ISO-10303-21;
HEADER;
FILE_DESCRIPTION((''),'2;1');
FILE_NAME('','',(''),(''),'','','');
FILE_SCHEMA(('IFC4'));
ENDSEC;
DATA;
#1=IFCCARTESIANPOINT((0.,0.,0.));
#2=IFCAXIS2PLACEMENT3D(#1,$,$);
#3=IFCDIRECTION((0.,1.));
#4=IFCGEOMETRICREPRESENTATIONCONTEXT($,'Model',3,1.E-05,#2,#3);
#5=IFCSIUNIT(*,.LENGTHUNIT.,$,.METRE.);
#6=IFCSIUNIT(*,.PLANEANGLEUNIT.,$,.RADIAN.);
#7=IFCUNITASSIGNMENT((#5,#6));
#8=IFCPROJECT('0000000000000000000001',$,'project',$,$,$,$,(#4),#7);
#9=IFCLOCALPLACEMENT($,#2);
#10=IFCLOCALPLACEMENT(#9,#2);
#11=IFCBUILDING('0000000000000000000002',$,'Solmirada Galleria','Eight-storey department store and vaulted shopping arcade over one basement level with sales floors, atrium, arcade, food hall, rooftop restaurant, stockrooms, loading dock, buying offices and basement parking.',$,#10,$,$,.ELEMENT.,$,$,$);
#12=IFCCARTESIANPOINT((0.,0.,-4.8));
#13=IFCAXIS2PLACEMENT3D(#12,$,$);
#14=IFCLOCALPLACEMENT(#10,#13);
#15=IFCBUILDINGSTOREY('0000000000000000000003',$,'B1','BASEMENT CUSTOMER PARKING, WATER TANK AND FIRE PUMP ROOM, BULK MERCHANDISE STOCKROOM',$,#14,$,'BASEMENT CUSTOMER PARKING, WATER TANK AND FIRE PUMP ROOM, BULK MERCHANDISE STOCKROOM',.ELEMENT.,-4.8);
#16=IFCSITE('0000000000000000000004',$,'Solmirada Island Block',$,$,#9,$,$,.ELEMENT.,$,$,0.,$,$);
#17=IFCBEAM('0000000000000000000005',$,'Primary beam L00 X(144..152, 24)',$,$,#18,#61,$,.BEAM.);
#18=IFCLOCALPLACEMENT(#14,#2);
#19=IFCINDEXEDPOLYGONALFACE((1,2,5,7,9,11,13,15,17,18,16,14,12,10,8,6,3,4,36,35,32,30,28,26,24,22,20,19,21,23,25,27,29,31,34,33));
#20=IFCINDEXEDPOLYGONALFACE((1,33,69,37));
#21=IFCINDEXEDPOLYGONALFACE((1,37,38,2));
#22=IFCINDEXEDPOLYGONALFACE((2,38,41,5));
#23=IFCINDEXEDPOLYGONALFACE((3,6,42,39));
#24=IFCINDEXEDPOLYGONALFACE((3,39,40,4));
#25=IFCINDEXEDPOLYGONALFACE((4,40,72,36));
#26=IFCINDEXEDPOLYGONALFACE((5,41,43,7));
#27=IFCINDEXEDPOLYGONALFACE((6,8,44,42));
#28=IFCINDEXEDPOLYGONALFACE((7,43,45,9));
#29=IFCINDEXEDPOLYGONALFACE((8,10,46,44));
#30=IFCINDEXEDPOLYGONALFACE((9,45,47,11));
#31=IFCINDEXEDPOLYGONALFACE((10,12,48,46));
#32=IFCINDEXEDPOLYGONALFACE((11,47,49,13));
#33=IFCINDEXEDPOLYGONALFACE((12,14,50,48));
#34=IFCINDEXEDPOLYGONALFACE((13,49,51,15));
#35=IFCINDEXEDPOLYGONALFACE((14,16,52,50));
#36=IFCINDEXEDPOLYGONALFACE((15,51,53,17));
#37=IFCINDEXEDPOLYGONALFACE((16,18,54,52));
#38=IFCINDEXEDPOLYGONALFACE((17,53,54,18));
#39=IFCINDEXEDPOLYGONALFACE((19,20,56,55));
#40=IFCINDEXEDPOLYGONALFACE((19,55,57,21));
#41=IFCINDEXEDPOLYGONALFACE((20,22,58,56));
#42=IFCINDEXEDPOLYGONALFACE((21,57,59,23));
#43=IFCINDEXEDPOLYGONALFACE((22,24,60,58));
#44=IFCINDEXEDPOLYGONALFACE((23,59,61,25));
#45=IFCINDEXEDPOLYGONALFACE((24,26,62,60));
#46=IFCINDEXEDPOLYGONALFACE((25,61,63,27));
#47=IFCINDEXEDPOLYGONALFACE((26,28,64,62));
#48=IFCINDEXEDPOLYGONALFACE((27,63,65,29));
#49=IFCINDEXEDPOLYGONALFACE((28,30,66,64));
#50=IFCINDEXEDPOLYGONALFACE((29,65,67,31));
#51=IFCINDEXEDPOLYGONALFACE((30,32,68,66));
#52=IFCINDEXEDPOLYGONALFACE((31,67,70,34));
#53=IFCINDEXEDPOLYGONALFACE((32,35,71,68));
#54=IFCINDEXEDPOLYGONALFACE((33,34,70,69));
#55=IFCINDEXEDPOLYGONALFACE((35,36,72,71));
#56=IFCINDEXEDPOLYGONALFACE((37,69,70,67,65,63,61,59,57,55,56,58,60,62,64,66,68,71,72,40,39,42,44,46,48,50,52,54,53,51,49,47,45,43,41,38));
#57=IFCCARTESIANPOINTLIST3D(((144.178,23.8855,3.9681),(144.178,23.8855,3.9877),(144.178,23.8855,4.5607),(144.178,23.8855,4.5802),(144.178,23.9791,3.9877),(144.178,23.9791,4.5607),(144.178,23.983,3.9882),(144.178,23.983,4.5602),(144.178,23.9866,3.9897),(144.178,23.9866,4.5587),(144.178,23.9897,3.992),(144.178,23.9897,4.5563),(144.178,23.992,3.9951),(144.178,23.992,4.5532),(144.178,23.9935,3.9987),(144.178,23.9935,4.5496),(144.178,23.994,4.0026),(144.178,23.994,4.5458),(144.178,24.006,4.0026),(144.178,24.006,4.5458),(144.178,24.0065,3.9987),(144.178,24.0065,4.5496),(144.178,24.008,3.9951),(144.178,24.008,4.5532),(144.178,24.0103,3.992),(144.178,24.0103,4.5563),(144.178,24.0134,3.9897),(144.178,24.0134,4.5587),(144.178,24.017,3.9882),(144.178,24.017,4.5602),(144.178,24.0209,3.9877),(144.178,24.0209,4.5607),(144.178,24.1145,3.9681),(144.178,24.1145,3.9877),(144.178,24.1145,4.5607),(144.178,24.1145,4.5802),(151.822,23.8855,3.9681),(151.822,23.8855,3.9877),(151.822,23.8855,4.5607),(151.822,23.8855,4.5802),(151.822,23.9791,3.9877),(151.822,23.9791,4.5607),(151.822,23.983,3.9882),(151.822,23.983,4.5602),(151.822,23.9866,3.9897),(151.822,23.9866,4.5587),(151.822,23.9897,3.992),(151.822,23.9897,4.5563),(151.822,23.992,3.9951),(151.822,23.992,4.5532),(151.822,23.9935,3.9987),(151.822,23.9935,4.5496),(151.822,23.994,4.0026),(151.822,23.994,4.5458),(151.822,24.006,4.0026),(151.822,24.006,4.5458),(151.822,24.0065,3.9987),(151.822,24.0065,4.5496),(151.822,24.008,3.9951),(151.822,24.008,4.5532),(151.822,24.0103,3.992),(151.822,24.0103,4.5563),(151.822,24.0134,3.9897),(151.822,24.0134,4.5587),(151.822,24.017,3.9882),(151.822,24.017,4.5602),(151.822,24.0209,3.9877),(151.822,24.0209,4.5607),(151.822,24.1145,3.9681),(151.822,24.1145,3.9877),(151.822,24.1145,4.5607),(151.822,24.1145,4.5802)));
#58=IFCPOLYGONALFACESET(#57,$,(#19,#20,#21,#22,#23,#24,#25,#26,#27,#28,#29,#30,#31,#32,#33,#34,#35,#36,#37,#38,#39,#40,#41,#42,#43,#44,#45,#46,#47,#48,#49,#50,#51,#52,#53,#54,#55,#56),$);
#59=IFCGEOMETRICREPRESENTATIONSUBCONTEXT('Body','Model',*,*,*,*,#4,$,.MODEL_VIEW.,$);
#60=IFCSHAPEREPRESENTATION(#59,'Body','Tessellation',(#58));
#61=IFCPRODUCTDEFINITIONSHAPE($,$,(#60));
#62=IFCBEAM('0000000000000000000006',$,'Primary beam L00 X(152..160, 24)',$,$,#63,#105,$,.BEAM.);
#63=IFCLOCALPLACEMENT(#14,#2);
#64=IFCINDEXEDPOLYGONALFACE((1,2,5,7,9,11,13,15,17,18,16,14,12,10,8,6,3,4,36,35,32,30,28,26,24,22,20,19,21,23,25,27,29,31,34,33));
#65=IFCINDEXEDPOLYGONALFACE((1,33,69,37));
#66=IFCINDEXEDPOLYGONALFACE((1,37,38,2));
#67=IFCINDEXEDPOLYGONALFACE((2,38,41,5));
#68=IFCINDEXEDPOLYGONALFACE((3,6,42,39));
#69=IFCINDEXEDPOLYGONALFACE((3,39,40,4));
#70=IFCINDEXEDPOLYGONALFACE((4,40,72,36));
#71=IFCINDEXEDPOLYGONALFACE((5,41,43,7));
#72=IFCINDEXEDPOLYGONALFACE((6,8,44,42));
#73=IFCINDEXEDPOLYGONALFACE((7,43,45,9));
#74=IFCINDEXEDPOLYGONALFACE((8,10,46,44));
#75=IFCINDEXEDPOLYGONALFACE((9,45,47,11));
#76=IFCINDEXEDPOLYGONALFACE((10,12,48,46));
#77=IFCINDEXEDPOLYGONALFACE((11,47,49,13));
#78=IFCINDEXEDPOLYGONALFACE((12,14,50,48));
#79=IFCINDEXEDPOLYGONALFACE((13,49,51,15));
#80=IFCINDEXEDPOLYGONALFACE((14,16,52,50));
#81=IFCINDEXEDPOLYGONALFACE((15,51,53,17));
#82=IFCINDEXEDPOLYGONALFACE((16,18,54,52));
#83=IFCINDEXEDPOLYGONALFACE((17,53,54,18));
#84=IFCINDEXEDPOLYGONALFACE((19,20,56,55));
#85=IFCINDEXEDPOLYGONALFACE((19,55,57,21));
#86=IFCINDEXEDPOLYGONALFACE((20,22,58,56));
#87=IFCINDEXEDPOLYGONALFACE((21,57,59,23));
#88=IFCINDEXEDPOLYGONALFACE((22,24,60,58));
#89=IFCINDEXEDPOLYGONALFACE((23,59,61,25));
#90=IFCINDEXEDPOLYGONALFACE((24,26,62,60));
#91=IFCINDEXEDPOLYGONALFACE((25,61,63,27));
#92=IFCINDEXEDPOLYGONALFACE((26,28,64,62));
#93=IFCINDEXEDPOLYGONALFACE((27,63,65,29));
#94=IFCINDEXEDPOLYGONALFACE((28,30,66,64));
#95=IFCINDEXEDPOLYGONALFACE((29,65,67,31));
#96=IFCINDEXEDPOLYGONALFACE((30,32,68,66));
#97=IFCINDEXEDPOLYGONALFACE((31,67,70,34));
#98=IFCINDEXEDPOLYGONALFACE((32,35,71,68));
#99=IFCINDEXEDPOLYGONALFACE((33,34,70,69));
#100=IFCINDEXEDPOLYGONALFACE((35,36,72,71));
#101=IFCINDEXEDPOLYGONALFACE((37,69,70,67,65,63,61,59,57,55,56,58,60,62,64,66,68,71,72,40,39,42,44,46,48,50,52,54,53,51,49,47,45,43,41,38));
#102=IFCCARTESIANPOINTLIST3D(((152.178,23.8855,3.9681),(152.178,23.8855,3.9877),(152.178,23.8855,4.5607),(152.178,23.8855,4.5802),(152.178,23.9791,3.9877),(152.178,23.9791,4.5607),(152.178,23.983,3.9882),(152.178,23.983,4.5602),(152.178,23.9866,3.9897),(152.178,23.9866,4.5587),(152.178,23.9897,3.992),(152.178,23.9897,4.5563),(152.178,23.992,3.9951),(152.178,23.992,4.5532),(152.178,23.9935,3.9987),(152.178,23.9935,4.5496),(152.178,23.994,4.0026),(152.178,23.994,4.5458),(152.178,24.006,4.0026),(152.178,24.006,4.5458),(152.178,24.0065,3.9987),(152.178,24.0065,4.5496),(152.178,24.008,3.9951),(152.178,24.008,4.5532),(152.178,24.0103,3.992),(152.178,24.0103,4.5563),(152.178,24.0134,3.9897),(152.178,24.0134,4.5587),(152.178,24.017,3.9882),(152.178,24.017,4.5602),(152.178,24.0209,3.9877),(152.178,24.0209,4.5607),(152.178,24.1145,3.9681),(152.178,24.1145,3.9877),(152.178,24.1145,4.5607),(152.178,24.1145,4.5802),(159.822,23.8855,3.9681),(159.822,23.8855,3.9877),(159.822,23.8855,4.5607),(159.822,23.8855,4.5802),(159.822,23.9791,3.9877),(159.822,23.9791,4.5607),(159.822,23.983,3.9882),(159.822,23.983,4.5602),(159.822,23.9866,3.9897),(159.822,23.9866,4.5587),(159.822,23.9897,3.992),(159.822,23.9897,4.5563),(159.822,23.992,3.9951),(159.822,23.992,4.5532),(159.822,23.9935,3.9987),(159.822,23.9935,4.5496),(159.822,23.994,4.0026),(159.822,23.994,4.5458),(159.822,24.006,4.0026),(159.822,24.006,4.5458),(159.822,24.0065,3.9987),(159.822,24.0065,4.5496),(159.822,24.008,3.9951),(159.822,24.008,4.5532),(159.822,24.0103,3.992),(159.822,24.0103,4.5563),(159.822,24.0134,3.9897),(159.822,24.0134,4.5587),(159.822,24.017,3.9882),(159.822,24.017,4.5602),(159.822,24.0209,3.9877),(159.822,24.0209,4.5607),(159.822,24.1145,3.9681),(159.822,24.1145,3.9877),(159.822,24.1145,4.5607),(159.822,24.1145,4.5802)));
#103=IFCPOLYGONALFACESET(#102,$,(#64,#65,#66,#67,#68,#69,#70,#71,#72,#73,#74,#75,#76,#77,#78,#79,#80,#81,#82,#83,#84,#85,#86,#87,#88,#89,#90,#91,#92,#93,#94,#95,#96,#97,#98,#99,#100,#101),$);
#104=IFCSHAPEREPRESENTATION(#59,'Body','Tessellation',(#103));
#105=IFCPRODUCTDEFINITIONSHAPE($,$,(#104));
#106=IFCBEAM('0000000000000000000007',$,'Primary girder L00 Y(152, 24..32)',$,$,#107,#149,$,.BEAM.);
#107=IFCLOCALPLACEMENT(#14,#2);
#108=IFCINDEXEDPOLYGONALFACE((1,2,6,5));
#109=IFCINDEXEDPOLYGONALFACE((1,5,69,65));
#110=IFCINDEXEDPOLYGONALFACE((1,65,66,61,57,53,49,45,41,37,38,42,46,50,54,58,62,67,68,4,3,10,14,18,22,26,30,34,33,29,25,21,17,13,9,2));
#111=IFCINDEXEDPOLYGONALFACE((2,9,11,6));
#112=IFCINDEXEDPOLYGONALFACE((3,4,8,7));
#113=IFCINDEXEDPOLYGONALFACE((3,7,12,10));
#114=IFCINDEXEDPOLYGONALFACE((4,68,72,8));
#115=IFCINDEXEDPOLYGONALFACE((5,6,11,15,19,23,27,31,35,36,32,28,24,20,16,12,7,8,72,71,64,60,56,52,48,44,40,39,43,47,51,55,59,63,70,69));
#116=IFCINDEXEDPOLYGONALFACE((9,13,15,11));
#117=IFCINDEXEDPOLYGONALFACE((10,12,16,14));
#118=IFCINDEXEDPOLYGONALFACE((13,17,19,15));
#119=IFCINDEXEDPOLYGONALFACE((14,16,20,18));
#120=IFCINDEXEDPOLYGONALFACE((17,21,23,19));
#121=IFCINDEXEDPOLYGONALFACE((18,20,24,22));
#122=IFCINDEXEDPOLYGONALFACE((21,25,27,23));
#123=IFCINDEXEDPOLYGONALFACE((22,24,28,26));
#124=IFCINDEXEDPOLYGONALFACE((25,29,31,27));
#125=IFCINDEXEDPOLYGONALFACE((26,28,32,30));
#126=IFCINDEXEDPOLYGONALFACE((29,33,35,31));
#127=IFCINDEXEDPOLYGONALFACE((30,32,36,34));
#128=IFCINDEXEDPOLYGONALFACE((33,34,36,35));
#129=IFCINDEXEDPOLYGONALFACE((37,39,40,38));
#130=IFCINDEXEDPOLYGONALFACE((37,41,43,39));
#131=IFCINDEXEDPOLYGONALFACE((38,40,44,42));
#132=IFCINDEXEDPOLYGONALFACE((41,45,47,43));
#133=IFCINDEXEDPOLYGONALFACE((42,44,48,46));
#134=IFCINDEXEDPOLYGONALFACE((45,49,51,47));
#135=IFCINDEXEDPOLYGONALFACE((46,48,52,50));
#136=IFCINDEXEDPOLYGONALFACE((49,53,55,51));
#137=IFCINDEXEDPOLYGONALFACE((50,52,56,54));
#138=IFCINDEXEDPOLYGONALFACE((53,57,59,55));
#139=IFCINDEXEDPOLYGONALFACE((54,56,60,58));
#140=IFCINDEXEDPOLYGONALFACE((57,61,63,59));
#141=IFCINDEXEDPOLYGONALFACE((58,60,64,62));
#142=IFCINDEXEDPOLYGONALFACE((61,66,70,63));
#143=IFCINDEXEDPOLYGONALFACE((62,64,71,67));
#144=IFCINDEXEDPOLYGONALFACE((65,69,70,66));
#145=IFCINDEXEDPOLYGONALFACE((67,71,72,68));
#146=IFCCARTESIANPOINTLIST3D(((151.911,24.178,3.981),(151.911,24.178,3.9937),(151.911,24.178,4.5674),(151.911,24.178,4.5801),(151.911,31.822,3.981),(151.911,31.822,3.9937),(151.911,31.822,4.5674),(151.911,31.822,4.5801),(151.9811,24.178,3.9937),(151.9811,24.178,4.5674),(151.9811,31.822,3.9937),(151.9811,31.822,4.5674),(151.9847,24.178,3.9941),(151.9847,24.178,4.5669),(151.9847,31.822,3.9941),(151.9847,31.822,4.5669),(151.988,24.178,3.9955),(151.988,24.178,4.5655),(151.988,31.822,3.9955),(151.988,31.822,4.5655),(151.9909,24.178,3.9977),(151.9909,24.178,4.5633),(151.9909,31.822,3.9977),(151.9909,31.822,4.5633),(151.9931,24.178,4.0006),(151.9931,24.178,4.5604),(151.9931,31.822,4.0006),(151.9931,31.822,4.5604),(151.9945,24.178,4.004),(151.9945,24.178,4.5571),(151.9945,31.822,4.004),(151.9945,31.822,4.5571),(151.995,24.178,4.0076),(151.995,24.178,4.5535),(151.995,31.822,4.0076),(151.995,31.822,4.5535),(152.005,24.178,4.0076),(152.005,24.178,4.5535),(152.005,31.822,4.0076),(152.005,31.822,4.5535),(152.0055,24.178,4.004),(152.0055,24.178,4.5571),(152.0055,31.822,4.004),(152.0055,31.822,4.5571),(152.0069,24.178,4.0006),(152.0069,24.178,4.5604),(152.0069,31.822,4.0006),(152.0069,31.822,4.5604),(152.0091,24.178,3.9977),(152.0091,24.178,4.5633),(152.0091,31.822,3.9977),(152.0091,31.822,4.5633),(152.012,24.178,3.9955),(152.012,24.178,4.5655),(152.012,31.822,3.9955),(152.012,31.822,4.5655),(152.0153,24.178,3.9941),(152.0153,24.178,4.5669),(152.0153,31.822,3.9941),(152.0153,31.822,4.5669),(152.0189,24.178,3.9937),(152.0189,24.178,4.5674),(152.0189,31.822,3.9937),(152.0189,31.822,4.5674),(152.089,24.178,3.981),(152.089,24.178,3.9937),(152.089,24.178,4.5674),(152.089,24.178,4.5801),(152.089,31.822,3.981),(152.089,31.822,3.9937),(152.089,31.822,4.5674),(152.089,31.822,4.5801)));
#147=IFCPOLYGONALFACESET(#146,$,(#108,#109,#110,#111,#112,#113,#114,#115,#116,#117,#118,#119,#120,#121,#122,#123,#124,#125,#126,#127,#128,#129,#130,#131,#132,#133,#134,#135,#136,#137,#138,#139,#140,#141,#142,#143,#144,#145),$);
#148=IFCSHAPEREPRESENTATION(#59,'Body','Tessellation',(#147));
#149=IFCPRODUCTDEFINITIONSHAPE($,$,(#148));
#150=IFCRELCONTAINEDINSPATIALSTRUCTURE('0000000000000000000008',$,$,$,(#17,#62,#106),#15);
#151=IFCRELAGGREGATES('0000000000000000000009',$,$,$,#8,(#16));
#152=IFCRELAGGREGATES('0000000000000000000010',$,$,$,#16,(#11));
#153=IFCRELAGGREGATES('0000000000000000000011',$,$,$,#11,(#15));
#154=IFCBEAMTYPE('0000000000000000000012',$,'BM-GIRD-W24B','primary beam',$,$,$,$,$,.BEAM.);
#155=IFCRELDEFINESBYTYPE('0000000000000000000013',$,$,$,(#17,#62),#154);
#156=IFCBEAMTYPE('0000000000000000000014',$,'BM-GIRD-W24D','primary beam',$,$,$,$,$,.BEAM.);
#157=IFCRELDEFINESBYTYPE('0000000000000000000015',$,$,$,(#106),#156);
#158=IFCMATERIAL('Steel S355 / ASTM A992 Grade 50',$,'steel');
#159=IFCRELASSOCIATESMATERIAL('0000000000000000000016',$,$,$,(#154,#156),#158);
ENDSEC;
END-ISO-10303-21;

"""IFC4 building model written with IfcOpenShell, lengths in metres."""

from ifc_helpers import new_model, si_unit, direction, frame, origin, origin_2d, place, context, subcontext, project, spatial, i_section, extrude, material, material_profile, profile_set, type_object, element, save


model = new_model("IFC4")

# Units and contexts
model_context = context("Model", 3, precision=1e-05, world=origin(), true_north=direction((0.0, 1.0)))
body_context = subcontext(model_context, "Body", "Model", "MODEL_VIEW")
ifc_project = project(units=[si_unit("LENGTHUNIT", "METRE"), si_unit("PLANEANGLEUNIT", "RADIAN")], contexts=[model_context])

# Site, building, storey
site_placement = place(None, origin())
site = spatial("IfcSite", under=ifc_project, at=site_placement, Name="Solmirada Island Block", CompositionType="ELEMENT", RefElevation=0.0)
building_placement = place(site_placement, origin())
building = spatial("IfcBuilding", under=site, at=building_placement, Name="Solmirada Galleria", Description="Eight-storey department store and vaulted shopping arcade over one basement level with sales floors, atrium, arcade, food hall, rooftop restaurant, stockrooms, loading dock, buying offices and basement parking.", CompositionType="ELEMENT")
storey_placement = place(building_placement, frame((0.0, 0.0, -4.8)))
storey = spatial("IfcBuildingStorey", under=building, at=storey_placement, Name="B1", Description="BASEMENT CUSTOMER PARKING, WATER TANK AND FIRE PUMP ROOM, BULK MERCHANDISE STOCKROOM", LongName="BASEMENT CUSTOMER PARKING, WATER TANK AND FIRE PUMP ROOM, BULK MERCHANDISE STOCKROOM", CompositionType="ELEMENT", Elevation=-4.8)

# Beams
ifc_material_1 = material(Name="Steel S355 / ASTM A992 Grade 50", Category="steel")
ifc_material_profile_1 = material_profile(ifc_material_1, i_section(OverallWidth=0.229, OverallDepth=0.6121, WebThickness=0.012, FlangeThickness=0.0195, FilletRadius=0.0149, at=origin_2d()), Name="W24X84")
ifc_profile_set_1 = profile_set([ifc_material_profile_1], Name="Steel S355 / ASTM A992 Grade 50")
beam_type_1 = type_object("IfcBeamType", Name="BM-GIRD-W24B", Description="primary beam", PredefinedType="BEAM", material=ifc_profile_set_1)
for number, where, z_axis, x_axis, name in (
    (1, (144.178, 24.0, 4.2742), (1.0, 0.0, 0.0), (0.0, 1.0, 0.0), "Primary beam L00 X(144..152, 24)"),
    (2, (152.178, 24.0, 4.2742), (1.0, 0.0, 0.0), (0.0, 1.0, 0.0), "Primary beam L00 X(152..160, 24)"),
):
    element("IfcBeam", number, at=place(storey_placement, frame(where, z_axis=z_axis, x_axis=x_axis)), inside=storey, type_object=beam_type_1, Name=name, PredefinedType="BEAM", context=body_context, shape_type="SweptSolid", body=[
        extrude(i_section(OverallWidth=0.229, OverallDepth=0.6121, WebThickness=0.012, FlangeThickness=0.0195, FilletRadius=0.0149, at=origin_2d()), origin(), (0.0, 0.0, 1.0), 7.644),
    ])
ifc_material_profile_2 = material_profile(ifc_material_1, i_section(OverallWidth=0.178, OverallDepth=0.5991, WebThickness=0.01, FlangeThickness=0.0127, FilletRadius=0.0139, at=origin_2d()), Name="W24X55")
ifc_profile_set_2 = profile_set([ifc_material_profile_2], Name="Steel S355 / ASTM A992 Grade 50")
beam_type_2 = type_object("IfcBeamType", Name="BM-GIRD-W24D", Description="primary beam", PredefinedType="BEAM", material=ifc_profile_set_2)
beam_1_placement = place(storey_placement, frame((152.0, 24.178, 4.2805), z_axis=(0.0, 1.0, 0.0), x_axis=(-1.0, 0.0, 0.0)))
element("IfcBeam", 3, at=beam_1_placement, inside=storey, type_object=beam_type_2, Name="Primary girder L00 Y(152, 24..32)", PredefinedType="BEAM", context=body_context, shape_type="SweptSolid", body=[
    extrude(i_section(OverallWidth=0.178, OverallDepth=0.5991, WebThickness=0.01, FlangeThickness=0.0127, FilletRadius=0.0139, at=origin_2d()), origin(), (0.0, 0.0, 1.0), 7.644),
])

save(model, "model.ifc")
